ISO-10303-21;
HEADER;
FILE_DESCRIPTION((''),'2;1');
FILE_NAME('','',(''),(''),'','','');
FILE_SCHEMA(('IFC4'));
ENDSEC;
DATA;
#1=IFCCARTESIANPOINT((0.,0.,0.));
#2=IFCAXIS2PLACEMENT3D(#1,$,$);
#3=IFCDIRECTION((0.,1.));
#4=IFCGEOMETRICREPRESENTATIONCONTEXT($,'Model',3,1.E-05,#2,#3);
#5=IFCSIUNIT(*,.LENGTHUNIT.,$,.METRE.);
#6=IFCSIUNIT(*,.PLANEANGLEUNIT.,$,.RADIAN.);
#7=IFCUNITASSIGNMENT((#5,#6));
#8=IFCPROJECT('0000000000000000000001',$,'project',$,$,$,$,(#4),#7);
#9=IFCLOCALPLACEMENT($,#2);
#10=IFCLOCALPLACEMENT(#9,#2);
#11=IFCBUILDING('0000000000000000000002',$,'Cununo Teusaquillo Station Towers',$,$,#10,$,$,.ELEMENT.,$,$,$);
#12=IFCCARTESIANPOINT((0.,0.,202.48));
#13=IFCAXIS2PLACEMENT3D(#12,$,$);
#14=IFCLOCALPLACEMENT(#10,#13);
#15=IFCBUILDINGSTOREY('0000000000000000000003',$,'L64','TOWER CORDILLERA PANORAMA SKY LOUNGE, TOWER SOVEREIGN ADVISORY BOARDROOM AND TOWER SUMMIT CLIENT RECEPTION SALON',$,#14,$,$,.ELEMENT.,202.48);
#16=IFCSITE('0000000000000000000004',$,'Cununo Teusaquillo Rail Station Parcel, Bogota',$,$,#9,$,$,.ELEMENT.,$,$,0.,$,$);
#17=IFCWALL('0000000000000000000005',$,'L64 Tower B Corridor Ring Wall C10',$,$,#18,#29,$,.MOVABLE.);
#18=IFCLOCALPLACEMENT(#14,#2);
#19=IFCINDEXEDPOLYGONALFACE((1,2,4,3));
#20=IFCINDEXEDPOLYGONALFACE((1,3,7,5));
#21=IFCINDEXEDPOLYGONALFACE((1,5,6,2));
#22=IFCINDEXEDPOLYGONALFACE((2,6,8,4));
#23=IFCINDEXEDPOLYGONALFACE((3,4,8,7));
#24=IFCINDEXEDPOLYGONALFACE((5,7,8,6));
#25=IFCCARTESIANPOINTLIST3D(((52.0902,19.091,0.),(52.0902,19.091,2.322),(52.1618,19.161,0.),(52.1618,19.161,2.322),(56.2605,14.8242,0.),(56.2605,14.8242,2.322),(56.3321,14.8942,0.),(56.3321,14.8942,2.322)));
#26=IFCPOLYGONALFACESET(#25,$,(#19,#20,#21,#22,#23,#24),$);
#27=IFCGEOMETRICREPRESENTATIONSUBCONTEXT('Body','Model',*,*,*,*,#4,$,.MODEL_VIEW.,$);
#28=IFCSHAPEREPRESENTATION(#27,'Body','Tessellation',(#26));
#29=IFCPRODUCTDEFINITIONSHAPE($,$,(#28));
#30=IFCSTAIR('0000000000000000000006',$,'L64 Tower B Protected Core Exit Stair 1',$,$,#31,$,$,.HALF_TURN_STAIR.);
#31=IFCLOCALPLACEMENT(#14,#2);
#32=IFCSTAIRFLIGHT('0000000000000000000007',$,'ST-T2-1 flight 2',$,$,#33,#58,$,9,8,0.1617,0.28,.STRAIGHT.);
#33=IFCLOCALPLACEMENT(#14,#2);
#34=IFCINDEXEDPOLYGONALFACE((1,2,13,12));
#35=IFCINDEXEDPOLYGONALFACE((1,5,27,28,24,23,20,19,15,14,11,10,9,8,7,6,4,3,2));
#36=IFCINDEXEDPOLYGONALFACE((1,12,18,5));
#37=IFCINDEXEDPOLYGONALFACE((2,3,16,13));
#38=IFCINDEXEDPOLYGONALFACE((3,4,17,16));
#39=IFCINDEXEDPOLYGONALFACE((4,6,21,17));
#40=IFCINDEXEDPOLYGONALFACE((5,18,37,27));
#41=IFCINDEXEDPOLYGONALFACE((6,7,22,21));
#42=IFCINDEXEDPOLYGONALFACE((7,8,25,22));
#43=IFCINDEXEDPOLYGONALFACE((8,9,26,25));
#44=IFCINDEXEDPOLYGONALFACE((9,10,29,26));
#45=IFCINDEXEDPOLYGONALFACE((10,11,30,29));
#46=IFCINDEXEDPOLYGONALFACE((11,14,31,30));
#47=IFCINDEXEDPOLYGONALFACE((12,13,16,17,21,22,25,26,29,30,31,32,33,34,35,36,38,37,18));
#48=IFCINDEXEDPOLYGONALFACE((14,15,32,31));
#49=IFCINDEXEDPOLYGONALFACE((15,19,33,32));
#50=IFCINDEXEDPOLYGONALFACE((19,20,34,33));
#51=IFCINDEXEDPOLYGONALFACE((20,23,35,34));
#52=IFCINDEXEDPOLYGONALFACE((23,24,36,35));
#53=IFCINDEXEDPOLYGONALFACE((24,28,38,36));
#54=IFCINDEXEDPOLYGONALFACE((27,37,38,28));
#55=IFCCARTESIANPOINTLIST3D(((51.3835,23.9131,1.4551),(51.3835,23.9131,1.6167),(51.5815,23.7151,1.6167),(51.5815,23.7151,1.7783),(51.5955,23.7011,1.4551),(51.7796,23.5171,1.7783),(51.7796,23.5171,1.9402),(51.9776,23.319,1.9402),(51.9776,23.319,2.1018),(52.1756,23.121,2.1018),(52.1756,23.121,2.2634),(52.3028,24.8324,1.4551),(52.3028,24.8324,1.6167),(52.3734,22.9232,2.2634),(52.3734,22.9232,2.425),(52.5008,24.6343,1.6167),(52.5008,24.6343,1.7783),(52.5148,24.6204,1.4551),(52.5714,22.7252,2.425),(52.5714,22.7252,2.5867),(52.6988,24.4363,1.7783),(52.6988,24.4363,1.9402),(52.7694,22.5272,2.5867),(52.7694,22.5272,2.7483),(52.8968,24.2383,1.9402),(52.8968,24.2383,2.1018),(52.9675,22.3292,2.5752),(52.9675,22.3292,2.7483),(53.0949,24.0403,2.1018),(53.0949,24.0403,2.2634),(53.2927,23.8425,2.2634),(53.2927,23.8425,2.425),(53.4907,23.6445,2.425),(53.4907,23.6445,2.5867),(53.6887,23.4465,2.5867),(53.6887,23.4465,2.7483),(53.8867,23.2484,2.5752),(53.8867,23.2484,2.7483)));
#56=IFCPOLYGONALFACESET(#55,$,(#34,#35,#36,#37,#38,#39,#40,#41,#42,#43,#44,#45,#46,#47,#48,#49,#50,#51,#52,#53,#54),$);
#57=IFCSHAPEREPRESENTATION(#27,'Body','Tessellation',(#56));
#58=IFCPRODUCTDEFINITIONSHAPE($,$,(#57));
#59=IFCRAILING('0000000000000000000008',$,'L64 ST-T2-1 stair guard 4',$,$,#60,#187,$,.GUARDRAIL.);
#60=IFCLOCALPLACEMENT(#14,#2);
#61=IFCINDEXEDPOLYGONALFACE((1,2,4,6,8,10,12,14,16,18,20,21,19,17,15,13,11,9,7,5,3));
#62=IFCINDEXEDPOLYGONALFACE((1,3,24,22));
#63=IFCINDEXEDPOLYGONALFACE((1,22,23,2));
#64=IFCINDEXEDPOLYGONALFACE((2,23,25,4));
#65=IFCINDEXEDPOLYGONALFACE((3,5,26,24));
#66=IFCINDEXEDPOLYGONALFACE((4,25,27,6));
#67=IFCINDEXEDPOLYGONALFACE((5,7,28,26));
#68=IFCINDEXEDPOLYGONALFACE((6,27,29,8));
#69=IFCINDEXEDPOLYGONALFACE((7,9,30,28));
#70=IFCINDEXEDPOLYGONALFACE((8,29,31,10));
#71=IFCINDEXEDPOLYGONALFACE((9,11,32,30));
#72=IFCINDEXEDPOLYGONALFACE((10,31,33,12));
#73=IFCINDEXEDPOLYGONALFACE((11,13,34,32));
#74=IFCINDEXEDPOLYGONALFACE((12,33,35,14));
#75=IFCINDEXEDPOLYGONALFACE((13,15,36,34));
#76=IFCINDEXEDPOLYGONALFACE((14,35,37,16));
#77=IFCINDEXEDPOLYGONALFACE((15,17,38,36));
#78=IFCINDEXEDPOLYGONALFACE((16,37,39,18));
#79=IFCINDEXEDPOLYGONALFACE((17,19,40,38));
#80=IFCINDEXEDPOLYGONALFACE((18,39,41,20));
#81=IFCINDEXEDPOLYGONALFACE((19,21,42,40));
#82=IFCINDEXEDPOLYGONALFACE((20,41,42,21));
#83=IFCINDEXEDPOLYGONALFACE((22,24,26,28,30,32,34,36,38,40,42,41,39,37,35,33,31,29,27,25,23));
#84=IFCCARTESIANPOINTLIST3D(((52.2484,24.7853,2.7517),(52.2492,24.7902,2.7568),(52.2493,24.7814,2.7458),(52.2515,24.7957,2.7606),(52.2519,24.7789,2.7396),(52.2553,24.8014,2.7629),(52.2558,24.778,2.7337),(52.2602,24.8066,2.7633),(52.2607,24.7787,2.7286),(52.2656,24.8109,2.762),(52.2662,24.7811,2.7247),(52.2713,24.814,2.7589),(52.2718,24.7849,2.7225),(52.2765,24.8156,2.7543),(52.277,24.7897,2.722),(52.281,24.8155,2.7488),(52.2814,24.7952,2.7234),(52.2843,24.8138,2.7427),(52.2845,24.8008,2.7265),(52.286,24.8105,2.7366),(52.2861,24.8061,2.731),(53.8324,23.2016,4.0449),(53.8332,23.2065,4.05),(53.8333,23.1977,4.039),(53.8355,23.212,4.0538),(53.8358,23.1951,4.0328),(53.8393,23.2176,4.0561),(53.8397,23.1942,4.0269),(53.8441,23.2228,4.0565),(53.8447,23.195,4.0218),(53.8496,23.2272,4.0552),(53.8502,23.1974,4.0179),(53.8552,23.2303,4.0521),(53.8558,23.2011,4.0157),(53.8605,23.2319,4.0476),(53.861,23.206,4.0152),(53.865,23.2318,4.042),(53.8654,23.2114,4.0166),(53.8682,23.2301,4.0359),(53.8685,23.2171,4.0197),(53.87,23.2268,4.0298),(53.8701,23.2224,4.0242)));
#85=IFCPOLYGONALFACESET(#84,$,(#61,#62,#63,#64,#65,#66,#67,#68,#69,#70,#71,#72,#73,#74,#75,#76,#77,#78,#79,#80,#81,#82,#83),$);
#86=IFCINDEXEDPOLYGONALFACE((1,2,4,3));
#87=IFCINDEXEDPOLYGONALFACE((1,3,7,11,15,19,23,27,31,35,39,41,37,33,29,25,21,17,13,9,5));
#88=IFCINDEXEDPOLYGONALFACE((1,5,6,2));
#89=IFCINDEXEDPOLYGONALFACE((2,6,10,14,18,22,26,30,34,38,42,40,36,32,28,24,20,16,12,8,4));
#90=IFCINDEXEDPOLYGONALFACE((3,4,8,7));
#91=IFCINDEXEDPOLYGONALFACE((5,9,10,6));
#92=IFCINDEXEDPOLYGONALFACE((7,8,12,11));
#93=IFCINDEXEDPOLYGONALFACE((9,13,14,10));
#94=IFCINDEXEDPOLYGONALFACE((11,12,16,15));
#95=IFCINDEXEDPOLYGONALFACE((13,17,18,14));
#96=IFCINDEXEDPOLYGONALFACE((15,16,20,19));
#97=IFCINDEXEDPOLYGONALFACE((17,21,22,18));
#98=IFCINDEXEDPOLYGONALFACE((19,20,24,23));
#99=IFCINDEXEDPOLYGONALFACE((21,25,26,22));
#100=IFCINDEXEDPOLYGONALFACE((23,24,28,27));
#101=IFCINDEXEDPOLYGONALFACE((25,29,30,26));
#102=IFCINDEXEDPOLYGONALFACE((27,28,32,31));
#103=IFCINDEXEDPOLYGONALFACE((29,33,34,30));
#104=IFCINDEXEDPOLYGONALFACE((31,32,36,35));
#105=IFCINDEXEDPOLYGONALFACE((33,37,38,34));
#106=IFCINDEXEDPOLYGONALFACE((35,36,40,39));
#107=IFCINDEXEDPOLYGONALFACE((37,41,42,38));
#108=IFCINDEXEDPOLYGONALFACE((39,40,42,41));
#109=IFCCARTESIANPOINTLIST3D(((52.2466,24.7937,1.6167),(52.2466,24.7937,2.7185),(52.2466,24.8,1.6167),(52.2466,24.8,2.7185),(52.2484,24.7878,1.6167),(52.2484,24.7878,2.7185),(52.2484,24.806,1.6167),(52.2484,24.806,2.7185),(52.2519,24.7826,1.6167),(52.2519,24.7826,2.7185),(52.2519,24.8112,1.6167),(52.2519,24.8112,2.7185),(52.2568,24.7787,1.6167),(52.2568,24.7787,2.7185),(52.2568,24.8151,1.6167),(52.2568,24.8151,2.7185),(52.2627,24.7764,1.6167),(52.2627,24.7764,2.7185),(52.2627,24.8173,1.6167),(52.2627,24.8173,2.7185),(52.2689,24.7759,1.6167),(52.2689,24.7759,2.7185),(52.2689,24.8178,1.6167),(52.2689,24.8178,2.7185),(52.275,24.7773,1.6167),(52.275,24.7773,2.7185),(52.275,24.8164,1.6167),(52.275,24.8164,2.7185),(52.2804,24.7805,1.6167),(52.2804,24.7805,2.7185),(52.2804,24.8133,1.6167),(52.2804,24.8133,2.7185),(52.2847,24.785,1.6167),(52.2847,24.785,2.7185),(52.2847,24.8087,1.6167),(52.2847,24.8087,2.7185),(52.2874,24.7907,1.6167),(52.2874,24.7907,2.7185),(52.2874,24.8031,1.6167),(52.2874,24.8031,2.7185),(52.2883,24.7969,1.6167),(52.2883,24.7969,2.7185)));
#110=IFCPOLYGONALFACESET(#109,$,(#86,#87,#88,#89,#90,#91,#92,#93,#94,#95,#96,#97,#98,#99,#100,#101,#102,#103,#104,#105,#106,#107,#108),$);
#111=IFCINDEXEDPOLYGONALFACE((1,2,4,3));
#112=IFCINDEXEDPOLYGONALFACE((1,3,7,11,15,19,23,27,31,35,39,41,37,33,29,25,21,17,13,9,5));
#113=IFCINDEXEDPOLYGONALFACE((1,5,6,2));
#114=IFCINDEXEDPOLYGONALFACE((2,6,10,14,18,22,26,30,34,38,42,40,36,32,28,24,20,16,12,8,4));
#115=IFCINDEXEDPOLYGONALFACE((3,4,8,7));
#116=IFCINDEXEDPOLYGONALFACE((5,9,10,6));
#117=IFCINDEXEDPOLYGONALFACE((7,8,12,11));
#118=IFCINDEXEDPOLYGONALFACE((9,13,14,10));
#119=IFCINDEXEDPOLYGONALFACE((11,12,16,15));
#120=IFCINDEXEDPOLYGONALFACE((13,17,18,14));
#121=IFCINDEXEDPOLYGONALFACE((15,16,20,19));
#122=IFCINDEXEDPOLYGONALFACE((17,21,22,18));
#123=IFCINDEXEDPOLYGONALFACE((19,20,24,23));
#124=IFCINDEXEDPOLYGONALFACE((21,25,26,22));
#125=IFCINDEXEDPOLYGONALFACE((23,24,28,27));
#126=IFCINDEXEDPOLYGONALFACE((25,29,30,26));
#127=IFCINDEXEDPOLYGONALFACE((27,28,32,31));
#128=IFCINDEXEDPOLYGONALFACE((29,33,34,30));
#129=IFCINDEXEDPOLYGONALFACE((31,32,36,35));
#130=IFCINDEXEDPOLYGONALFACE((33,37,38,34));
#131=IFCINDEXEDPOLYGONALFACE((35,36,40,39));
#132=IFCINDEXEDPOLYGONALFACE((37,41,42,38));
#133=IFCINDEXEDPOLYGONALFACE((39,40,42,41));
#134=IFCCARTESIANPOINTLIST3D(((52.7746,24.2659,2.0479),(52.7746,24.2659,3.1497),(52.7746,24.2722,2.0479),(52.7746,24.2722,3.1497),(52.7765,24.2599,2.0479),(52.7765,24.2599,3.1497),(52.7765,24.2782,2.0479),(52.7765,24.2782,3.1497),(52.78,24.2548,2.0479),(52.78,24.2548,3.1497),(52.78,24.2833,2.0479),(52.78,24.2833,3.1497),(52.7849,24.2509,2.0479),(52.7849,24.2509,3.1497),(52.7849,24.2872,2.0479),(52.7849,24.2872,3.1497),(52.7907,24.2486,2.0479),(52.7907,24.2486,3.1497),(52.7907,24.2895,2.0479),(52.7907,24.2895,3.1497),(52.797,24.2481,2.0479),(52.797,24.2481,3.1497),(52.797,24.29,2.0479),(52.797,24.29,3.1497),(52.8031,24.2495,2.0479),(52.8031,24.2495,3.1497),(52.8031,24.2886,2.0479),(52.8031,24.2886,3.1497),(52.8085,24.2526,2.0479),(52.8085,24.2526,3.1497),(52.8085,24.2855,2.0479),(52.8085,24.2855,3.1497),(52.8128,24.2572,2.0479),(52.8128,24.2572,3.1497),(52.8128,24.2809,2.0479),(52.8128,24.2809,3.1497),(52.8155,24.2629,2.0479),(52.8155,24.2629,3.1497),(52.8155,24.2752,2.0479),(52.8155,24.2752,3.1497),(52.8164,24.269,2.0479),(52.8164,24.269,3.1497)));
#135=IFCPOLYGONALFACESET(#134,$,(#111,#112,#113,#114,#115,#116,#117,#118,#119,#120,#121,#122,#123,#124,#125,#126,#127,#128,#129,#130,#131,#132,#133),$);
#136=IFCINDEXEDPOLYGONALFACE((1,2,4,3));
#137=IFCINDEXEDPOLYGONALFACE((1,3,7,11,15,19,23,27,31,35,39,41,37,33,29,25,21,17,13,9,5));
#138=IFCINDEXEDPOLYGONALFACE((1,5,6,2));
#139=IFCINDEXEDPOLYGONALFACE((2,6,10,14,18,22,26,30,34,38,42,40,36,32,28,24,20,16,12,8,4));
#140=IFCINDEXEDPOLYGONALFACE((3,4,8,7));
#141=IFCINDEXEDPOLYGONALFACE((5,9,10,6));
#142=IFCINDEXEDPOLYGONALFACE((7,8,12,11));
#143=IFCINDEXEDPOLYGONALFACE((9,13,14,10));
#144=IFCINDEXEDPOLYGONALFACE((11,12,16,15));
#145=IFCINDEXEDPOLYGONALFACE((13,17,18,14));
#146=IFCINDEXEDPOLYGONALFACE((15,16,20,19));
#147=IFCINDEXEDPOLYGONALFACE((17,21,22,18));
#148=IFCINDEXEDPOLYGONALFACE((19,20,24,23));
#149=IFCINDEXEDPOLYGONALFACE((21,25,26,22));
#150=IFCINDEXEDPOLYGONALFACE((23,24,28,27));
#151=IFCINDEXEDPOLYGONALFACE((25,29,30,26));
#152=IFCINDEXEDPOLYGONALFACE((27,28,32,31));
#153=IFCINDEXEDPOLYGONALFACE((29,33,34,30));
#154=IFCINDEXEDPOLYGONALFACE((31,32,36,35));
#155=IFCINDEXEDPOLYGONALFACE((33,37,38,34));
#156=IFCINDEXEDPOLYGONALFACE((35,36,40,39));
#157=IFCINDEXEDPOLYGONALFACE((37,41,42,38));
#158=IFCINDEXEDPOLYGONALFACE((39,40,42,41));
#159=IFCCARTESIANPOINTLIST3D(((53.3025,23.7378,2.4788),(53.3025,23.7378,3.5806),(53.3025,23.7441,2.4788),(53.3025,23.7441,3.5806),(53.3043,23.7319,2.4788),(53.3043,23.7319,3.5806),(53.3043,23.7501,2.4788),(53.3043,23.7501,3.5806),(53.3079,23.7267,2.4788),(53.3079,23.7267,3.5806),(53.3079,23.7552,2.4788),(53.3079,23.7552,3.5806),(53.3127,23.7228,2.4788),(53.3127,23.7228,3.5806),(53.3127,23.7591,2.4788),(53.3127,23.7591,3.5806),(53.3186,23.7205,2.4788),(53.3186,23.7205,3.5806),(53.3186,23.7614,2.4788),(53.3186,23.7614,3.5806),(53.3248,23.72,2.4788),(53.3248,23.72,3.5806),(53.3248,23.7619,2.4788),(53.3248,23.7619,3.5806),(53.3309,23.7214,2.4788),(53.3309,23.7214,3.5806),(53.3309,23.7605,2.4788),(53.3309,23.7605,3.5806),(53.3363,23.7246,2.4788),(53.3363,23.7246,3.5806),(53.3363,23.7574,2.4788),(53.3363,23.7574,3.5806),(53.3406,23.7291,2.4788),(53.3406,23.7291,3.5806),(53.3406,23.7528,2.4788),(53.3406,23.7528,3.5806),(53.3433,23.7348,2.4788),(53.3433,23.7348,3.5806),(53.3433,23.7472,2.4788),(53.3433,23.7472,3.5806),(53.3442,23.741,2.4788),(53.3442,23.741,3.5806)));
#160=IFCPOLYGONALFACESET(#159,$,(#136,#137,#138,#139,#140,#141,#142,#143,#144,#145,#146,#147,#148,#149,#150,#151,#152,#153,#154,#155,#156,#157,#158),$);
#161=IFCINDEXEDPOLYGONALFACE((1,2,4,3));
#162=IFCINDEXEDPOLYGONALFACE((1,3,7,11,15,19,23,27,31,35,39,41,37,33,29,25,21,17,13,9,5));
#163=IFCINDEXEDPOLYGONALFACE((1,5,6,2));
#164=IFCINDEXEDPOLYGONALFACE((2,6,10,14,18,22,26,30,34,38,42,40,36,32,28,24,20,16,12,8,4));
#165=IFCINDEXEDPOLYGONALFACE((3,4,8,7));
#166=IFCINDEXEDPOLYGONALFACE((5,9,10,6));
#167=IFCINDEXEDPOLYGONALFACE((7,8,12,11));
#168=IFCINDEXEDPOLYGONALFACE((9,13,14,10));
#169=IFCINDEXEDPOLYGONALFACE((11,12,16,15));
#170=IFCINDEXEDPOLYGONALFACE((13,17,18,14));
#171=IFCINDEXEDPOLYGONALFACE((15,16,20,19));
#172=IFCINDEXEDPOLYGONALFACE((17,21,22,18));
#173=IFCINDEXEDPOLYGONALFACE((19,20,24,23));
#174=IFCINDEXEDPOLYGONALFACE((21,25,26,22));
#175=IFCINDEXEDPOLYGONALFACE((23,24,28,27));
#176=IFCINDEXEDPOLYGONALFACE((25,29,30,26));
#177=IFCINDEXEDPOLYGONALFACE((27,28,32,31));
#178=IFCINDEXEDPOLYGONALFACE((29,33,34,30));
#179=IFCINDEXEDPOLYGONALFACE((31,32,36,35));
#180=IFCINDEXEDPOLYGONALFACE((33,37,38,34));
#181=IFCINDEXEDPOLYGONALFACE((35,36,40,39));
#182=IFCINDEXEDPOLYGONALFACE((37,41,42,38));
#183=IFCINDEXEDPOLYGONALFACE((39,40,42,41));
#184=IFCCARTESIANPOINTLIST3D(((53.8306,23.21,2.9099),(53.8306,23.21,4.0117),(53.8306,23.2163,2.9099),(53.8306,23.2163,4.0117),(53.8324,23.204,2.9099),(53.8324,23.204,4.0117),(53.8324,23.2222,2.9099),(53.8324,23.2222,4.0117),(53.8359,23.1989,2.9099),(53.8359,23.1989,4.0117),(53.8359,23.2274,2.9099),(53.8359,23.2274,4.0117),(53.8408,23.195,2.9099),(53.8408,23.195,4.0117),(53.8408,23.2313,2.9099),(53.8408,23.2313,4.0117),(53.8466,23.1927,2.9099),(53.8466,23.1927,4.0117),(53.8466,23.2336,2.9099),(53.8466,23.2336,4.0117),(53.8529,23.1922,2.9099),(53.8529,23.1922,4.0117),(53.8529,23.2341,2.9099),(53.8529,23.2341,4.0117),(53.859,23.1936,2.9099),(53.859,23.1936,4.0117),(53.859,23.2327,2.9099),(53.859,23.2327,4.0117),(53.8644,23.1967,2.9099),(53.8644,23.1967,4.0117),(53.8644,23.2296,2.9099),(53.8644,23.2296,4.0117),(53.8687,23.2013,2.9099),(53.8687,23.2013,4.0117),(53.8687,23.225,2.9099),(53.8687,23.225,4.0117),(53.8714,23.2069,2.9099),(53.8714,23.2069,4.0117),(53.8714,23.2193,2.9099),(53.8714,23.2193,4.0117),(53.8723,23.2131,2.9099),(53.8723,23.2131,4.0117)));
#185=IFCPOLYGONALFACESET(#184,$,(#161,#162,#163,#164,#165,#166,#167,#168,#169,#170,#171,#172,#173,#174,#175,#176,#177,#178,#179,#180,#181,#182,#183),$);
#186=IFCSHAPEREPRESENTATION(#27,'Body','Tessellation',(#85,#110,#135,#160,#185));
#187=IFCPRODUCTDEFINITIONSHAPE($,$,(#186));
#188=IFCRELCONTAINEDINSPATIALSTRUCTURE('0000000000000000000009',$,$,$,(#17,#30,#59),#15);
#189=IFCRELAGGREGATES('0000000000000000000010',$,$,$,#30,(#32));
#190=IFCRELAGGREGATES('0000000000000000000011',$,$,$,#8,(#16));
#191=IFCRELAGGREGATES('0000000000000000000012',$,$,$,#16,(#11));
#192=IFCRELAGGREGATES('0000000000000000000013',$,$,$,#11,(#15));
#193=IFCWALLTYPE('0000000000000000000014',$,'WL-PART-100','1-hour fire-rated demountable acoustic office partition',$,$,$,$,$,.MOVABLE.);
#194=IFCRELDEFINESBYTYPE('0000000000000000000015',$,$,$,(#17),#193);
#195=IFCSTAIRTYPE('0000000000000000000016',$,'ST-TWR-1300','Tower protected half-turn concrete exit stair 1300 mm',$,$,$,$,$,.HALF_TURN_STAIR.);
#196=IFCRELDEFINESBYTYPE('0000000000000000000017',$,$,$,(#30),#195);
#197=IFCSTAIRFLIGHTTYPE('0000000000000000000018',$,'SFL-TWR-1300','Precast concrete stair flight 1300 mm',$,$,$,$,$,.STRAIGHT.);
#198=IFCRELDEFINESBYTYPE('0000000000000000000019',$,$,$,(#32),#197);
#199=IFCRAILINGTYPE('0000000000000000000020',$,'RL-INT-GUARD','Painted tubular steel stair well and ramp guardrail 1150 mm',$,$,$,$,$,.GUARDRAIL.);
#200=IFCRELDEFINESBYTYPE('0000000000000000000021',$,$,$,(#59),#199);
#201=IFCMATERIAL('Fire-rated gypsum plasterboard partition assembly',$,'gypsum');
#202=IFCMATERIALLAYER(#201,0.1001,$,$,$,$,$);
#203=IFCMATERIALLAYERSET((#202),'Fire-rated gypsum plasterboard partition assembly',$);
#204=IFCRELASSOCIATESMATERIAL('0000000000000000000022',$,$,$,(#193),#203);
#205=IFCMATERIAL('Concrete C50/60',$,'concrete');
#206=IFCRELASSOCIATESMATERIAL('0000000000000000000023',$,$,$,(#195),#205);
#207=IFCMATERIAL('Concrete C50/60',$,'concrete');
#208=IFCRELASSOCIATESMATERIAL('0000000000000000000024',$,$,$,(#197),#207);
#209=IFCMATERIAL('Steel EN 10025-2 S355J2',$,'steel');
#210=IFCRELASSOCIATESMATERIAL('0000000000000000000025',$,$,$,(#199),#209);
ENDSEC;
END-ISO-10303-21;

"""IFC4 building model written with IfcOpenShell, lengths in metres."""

from ifc_helpers import new_model, si_unit, direction, frame, frame_2d, origin, origin_2d, place, context, subcontext, project, spatial, polyline, rectangle, circle, outline, extrude, material, layer, layer_set, type_object, element, aggregate, save


model = new_model("IFC4")

# Units and contexts
model_context = context("Model", 3, precision=1e-05, world=origin(), true_north=direction((0.0, 1.0)))
body_context = subcontext(model_context, "Body", "Model", "MODEL_VIEW")
ifc_project = project(units=[si_unit("LENGTHUNIT", "METRE"), si_unit("PLANEANGLEUNIT", "RADIAN")], contexts=[model_context])

# Site, building, storey
site_placement = place(None, origin())
site = spatial("IfcSite", under=ifc_project, at=site_placement, Name="Cununo Teusaquillo Rail Station Parcel, Bogota", CompositionType="ELEMENT", RefElevation=0.0)
building_placement = place(site_placement, origin())
building = spatial("IfcBuilding", under=site, at=building_placement, Name="Cununo Teusaquillo Station Towers", CompositionType="ELEMENT")
storey_placement = place(building_placement, frame((0.0, 0.0, 202.48)))
storey = spatial("IfcBuildingStorey", under=building, at=storey_placement, Name="L64", Description="TOWER CORDILLERA PANORAMA SKY LOUNGE, TOWER SOVEREIGN ADVISORY BOARDROOM AND TOWER SUMMIT CLIENT RECEPTION SALON", CompositionType="ELEMENT", Elevation=202.48)

# Shared definitions
ifc_material_1 = material(Name="Fire-rated gypsum plasterboard partition assembly", Category="gypsum")
ifc_layer_1 = layer(ifc_material_1, 0.1001)
ifc_layer_set_1 = layer_set([ifc_layer_1], Name="Fire-rated gypsum plasterboard partition assembly")
wall_type_1 = type_object("IfcWallType", Name="WL-PART-100", Description="1-hour fire-rated demountable acoustic office partition", PredefinedType="MOVABLE", material=ifc_layer_set_1)

# Wall
wall_1_placement = place(storey_placement, frame((52.126, 19.126, 0.0), z_axis=(0.0, 0.0, 1.0), x_axis=(0.698979, -0.715142, 0.0)))
element("IfcWall", 1, at=wall_1_placement, inside=storey, type_object=wall_type_1, Name="L64 Tower B Corridor Ring Wall C10", PredefinedType="MOVABLE", context=body_context, shape_type="SweptSolid", body=[
    extrude(rectangle(XDim=5.9663, YDim=0.1001, at=frame_2d((2.9832, 0.0))), origin(), (0.0, 0.0, 1.0), 2.322),
])

# Stair, stair flight
ifc_material_2 = material(Name="Concrete C50/60", Category="concrete")
stair_type = type_object("IfcStairType", Name="ST-TWR-1300", Description="Tower protected half-turn concrete exit stair 1300 mm", PredefinedType="HALF_TURN_STAIR", material=ifc_material_2)
stair_placement = place(storey_placement, origin())
stair = element("IfcStair", 2, at=stair_placement, inside=storey, type_object=stair_type, Name="L64 Tower B Protected Core Exit Stair 1", PredefinedType="HALF_TURN_STAIR")
ifc_material_3 = material(Name="Concrete C50/60", Category="concrete")
stair_flight_type = type_object("IfcStairFlightType", Name="SFL-TWR-1300", Description="Precast concrete stair flight 1300 mm", PredefinedType="STRAIGHT", material=ifc_material_3)
stair_flight_placement = place(storey_placement, frame((51.8433, 24.3728, 1.4551), z_axis=(0.0, 0.0, 1.0), x_axis=(0.707107, -0.707107, 0.0)))
stair_flight = element("IfcStairFlight", 3, at=stair_flight_placement, type_object=stair_flight_type, Name="ST-T2-1 flight 2", NumberOfRisers=9, NumberOfTreads=8, PredefinedType="STRAIGHT", RiserHeight=0.1617, TreadLength=0.28, context=body_context, shape_type="SweptSolid", body=[
    extrude(outline(polyline([(0.0, 0.0), (0.0, 0.1616), (0.28, 0.1616), (0.28, 0.3232), (0.5601, 0.3232), (0.5601, 0.4851), (0.8401, 0.4851), (0.8401, 0.6467), (1.1201, 0.6467), (1.1201, 0.8083), (1.3999, 0.8083), (1.3999, 0.97), (1.6799, 0.97), (1.6799, 1.1316), (1.96, 1.1316), (1.96, 1.2932), (2.24, 1.2932), (2.24, 1.4551), (2.24, 1.1201), (0.2998, 0.0), (0.0, 0.0)])), frame((0.0, 0.6499, 0.0), z_axis=(0.0, -1.0, 0.0), x_axis=(1.0, 0.0, 0.0)), (0.0, 0.0, 1.0), 1.3),
])
aggregate(stair, [stair_flight])

# Railing
ifc_material_4 = material(Name="Steel EN 10025-2 S355J2", Category="steel")
railing_type_1 = type_object("IfcRailingType", Name="RL-INT-GUARD", Description="Painted tubular steel stair well and ramp guardrail 1150 mm", PredefinedType="GUARDRAIL", material=ifc_material_4)
railing_1_placement = place(storey_placement, frame((52.2673, 24.7969, 1.6167)))
element("IfcRailing", 4, at=railing_1_placement, inside=storey, type_object=railing_type_1, Name="L64 ST-T2-1 stair guard 4", PredefinedType="GUARDRAIL", context=body_context, shape_type="SweptSolid", body=[
    extrude(circle(Radius=0.0239, at=origin_2d()), frame((0.0, 0.0, 1.126), z_axis=(0.61242, -0.612326, 0.499998), x_axis=(0.707052, 0.707161, 0.0)), (0.0, 0.0, 1.0), 2.5864),
    extrude(circle(Radius=0.021, at=origin_2d()), origin(), (0.0, 0.0, 1.0), 1.1018),
    extrude(circle(Radius=0.021, at=origin_2d()), frame((0.5281, -0.5278, 0.4312)), (0.0, 0.0, 1.0), 1.1018),
    extrude(circle(Radius=0.021, at=origin_2d()), frame((1.0559, -1.0559, 0.8621)), (0.0, 0.0, 1.0), 1.1018),
    extrude(circle(Radius=0.021, at=origin_2d()), frame((1.584, -1.5837, 1.2932)), (0.0, 0.0, 1.0), 1.1018),
])

save(model, "model.ifc")
